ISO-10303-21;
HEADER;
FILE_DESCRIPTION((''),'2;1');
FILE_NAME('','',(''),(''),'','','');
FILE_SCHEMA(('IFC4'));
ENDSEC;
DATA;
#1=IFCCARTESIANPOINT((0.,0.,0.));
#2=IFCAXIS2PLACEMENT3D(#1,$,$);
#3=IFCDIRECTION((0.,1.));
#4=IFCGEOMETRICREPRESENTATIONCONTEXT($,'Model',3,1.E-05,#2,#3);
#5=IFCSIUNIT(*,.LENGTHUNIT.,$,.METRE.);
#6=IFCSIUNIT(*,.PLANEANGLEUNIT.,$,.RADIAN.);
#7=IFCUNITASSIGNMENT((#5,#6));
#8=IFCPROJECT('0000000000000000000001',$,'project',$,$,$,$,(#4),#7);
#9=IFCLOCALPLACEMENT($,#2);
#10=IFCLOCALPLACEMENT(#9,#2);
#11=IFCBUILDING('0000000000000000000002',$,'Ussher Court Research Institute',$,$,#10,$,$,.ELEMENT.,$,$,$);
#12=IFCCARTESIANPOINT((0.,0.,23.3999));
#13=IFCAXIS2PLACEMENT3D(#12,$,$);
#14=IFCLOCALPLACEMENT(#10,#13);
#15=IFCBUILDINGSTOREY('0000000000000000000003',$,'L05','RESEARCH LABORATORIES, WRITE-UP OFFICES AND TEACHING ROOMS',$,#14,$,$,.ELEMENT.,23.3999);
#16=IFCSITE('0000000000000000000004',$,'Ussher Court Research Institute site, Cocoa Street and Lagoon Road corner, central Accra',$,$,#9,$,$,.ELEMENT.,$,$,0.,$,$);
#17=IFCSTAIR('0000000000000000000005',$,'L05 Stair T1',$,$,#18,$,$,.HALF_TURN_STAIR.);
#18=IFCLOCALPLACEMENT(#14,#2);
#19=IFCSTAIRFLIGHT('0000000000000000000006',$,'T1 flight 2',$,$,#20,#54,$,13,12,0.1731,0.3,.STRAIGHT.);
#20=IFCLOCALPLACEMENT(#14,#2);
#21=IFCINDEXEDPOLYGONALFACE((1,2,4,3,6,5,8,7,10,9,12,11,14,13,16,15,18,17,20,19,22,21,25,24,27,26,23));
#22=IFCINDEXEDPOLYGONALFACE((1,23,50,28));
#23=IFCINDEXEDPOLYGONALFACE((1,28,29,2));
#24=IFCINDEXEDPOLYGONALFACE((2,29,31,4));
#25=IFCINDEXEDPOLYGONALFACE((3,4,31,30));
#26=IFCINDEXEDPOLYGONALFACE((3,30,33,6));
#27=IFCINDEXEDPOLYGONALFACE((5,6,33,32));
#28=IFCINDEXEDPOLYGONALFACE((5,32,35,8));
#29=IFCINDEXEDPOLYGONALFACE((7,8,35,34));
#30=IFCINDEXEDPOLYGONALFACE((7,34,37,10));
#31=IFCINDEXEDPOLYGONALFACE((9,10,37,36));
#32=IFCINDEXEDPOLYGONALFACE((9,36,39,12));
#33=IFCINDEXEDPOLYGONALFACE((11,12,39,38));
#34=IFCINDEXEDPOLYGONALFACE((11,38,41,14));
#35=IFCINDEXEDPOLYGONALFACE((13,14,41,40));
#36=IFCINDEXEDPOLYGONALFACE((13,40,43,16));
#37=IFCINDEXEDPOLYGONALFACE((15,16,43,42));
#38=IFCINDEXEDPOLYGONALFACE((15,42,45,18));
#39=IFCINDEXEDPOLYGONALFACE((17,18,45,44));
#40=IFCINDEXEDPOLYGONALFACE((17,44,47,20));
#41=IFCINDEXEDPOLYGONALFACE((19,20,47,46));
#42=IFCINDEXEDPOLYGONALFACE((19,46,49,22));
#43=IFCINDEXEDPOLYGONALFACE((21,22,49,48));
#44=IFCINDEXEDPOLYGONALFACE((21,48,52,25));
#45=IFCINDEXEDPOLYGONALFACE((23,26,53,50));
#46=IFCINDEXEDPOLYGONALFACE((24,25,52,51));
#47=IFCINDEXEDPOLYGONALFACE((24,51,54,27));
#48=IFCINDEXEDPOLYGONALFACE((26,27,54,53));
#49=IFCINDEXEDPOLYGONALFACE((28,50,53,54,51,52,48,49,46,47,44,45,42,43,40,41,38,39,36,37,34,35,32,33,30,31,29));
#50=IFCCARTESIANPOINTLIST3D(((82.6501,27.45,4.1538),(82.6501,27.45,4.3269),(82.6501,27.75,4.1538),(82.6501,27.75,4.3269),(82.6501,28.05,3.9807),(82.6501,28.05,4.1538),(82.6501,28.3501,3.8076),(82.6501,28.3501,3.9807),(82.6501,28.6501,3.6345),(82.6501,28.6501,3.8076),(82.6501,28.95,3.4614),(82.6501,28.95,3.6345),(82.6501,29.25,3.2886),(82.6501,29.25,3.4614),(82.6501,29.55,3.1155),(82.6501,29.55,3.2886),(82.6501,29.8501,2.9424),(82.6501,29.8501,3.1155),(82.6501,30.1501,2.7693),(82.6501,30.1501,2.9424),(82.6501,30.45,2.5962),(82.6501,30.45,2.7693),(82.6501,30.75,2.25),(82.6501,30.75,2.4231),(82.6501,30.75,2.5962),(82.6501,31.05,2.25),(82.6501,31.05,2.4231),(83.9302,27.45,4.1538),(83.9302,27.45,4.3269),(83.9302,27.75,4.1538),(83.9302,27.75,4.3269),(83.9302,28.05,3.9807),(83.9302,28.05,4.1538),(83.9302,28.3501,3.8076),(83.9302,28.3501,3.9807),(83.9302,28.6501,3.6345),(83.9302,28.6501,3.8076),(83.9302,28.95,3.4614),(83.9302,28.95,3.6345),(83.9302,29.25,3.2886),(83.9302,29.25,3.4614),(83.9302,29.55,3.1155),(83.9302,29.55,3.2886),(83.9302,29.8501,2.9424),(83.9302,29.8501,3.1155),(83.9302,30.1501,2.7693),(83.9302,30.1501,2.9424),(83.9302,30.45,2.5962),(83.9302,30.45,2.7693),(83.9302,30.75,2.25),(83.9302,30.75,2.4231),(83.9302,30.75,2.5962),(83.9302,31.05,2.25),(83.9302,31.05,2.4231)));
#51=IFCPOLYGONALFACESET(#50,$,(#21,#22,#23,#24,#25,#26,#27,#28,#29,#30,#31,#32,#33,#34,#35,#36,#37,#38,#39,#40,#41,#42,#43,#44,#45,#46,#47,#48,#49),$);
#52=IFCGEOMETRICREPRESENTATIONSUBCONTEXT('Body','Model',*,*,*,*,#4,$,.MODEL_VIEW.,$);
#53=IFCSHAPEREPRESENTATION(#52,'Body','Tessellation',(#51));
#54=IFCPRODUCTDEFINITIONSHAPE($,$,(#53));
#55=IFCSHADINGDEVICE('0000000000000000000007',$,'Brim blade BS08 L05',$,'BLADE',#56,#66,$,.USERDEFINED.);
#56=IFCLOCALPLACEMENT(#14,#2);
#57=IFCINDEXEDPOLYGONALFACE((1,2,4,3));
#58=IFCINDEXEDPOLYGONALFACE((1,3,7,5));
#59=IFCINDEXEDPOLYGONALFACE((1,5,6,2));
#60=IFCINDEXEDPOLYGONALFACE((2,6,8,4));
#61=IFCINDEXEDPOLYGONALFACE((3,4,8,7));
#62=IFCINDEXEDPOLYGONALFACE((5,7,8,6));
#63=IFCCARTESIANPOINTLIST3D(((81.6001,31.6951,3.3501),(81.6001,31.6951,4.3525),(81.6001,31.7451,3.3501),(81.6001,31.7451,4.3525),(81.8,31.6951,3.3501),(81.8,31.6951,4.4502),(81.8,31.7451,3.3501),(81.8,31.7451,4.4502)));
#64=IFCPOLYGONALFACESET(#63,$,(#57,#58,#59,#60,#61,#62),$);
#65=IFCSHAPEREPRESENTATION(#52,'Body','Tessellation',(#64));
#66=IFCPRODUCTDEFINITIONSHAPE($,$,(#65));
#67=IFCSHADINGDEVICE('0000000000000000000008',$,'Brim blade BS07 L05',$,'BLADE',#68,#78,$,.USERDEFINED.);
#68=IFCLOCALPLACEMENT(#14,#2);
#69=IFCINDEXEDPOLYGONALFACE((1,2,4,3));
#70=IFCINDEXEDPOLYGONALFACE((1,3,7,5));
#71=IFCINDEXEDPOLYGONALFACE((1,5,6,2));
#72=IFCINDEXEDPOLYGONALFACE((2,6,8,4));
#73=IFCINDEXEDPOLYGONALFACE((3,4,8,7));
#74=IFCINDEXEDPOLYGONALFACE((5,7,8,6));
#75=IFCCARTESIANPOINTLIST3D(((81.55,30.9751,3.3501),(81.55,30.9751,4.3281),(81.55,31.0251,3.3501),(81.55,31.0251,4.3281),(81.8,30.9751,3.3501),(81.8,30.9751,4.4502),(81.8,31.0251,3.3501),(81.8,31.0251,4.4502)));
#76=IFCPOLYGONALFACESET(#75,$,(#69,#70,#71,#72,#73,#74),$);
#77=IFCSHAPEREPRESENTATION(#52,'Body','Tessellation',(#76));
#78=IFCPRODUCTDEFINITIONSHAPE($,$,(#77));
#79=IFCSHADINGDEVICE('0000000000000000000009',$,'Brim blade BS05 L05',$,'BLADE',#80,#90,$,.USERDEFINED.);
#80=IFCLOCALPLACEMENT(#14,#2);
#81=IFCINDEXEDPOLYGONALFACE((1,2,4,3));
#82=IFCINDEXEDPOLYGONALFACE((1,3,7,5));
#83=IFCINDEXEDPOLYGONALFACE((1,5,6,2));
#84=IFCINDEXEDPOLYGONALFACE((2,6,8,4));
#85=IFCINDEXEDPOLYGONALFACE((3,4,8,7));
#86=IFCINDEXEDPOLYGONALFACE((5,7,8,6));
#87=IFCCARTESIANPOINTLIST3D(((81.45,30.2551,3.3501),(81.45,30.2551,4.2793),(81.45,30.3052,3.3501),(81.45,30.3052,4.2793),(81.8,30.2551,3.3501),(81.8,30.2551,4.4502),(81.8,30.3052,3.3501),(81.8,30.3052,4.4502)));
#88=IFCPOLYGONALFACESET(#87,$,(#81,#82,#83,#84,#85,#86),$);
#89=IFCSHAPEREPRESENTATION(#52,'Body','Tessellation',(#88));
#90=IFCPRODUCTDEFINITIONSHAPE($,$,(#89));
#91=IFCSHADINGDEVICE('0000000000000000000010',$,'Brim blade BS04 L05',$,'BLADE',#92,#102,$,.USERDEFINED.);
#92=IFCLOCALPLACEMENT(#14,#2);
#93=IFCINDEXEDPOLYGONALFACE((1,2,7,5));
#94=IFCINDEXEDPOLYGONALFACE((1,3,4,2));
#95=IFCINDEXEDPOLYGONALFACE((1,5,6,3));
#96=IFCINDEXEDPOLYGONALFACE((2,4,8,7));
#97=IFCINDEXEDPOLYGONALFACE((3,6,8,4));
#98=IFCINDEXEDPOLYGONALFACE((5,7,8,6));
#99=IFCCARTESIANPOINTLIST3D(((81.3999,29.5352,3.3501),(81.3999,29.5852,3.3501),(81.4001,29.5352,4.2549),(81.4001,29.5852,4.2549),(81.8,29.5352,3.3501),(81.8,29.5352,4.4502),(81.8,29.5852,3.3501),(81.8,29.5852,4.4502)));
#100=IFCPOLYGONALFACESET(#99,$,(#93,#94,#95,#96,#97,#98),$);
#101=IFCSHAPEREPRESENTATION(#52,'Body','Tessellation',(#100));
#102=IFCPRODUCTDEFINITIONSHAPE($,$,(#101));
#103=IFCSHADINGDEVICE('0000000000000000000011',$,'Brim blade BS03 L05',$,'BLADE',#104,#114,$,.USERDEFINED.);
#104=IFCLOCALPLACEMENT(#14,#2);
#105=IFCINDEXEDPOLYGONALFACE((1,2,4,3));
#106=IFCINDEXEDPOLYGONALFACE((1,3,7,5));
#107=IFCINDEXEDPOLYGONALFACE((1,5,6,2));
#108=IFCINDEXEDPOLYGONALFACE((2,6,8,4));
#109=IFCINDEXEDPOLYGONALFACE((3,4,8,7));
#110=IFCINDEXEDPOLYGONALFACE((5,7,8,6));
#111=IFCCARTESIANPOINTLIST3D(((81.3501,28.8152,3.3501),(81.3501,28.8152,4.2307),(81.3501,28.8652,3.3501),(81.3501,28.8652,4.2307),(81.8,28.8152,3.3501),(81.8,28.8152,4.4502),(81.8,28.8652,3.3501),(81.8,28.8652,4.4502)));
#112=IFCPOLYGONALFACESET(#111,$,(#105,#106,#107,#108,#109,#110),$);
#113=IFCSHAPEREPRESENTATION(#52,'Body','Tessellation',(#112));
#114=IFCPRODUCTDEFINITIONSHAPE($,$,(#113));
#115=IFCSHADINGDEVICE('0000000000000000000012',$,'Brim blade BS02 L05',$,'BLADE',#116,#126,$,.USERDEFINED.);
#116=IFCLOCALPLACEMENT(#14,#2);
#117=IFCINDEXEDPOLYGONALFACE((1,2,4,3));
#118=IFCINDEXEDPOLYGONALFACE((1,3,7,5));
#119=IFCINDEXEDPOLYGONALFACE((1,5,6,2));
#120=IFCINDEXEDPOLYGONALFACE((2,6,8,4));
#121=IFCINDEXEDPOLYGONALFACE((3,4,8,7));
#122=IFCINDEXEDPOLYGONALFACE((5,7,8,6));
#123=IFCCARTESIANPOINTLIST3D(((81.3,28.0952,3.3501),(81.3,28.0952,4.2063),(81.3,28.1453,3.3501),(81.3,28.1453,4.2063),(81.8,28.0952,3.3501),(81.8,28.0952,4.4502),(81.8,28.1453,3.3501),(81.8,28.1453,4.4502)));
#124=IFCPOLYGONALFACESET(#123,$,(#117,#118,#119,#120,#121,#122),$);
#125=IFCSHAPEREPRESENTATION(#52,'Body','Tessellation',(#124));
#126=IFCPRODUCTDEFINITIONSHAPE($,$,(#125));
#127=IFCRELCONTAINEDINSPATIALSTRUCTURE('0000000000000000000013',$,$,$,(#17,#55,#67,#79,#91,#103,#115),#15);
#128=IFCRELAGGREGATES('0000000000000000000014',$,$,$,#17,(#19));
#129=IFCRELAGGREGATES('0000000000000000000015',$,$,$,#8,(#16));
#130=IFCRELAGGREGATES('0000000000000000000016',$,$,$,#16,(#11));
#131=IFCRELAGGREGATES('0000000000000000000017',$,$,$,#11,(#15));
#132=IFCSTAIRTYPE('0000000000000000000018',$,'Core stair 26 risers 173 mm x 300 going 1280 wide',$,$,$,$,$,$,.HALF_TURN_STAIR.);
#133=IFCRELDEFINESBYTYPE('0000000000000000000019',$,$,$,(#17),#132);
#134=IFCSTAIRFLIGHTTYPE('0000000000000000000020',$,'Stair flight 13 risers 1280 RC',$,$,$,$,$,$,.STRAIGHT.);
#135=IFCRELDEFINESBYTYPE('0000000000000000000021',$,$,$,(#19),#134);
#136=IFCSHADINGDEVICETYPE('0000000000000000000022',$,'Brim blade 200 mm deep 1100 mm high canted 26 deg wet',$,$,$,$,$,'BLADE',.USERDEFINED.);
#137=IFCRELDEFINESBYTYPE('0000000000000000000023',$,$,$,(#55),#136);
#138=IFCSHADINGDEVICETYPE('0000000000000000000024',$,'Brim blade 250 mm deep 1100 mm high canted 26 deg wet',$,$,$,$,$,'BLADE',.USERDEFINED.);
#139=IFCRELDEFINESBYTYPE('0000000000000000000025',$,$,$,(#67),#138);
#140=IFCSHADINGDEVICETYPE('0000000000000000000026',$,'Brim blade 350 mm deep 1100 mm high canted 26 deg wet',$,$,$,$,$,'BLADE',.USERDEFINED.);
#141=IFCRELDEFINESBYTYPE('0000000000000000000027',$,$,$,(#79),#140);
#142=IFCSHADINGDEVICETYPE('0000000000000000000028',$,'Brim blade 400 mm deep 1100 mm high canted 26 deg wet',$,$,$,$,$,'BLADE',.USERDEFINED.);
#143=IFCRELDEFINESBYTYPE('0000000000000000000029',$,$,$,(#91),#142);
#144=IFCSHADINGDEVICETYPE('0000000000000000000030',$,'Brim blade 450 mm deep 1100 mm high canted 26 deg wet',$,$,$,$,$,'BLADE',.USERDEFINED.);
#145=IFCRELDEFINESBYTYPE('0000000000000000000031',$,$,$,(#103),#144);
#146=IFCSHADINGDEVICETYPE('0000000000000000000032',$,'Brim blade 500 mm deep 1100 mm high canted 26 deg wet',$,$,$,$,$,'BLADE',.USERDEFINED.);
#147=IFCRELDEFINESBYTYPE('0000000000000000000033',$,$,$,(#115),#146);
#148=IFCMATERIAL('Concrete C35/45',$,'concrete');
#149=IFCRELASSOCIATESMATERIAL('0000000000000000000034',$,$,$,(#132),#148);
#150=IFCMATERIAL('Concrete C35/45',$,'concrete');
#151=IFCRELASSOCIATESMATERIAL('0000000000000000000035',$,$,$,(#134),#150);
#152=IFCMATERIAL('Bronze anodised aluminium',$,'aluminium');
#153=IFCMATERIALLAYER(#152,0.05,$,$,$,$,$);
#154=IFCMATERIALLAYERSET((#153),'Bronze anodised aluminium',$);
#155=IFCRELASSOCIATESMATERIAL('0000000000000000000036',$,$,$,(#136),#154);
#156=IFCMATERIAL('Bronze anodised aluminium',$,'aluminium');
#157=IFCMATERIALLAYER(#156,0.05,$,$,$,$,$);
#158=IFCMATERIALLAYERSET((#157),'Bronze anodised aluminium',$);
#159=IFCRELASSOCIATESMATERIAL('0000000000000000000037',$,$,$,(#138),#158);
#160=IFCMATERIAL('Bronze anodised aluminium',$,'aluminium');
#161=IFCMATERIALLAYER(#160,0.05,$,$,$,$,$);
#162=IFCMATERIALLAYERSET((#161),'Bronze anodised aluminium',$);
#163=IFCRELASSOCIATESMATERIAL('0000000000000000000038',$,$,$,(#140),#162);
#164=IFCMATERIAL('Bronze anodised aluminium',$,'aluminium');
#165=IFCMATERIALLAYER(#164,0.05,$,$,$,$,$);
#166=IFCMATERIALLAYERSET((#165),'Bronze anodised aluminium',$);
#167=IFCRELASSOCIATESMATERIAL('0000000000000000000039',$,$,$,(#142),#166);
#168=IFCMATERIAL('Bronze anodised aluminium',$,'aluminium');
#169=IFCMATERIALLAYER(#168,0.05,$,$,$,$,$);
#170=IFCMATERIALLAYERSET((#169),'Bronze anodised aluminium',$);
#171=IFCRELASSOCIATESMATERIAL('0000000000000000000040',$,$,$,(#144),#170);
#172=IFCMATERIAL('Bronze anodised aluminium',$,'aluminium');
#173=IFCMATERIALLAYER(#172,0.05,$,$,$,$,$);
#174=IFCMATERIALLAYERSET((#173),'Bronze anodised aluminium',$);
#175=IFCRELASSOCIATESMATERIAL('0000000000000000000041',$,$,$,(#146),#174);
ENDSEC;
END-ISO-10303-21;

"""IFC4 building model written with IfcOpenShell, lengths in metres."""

from ifc_helpers import new_model, si_unit, direction, frame, origin, place, context, subcontext, project, spatial, polyline, outline, extrude, material, layer, layer_set, type_object, element, aggregate, save


model = new_model("IFC4")

# Units and contexts
model_context = context("Model", 3, precision=1e-05, world=origin(), true_north=direction((0.0, 1.0)))
body_context = subcontext(model_context, "Body", "Model", "MODEL_VIEW")
ifc_project = project(units=[si_unit("LENGTHUNIT", "METRE"), si_unit("PLANEANGLEUNIT", "RADIAN")], contexts=[model_context])

# Site, building, storey
site_placement = place(None, origin())
site = spatial("IfcSite", under=ifc_project, at=site_placement, Name="Ussher Court Research Institute site, Cocoa Street and Lagoon Road corner, central Accra", CompositionType="ELEMENT", RefElevation=0.0)
building_placement = place(site_placement, origin())
building = spatial("IfcBuilding", under=site, at=building_placement, Name="Ussher Court Research Institute", CompositionType="ELEMENT")
storey_placement = place(building_placement, frame((0.0, 0.0, 23.3999)))
storey = spatial("IfcBuildingStorey", under=building, at=storey_placement, Name="L05", Description="RESEARCH LABORATORIES, WRITE-UP OFFICES AND TEACHING ROOMS", CompositionType="ELEMENT", Elevation=23.3999)

# Stair, stair flight
ifc_material_1 = material(Name="Concrete C35/45", Category="concrete")
stair_type = type_object("IfcStairType", Name="Core stair 26 risers 173 mm x 300 going 1280 wide", PredefinedType="HALF_TURN_STAIR", material=ifc_material_1)
stair_placement = place(storey_placement, origin())
stair = element("IfcStair", 1, at=stair_placement, inside=storey, type_object=stair_type, Name="L05 Stair T1", PredefinedType="HALF_TURN_STAIR")
ifc_material_2 = material(Name="Concrete C35/45", Category="concrete")
stair_flight_type = type_object("IfcStairFlightType", Name="Stair flight 13 risers 1280 RC", PredefinedType="STRAIGHT", material=ifc_material_2)
stair_flight_placement = place(storey_placement, frame((83.29, 31.05, 2.25), z_axis=(0.0, 0.0, 1.0), x_axis=(0.0, -1.0, 0.0)))
stair_flight = element("IfcStairFlight", 2, at=stair_flight_placement, type_object=stair_flight_type, Name="T1 flight 2", NumberOfRisers=13, NumberOfTreads=12, PredefinedType="STRAIGHT", RiserHeight=0.1731, TreadLength=0.3, context=body_context, shape_type="SweptSolid", body=[
    extrude(outline(polyline([(0.0, 0.0), (0.0, 0.1731), (0.3, 0.1731), (0.3, 0.3462), (0.6001, 0.3462), (0.6001, 0.5193), (0.8999, 0.5193), (0.8999, 0.6924), (1.2, 0.6924), (1.2, 0.8655), (1.5, 0.8655), (1.5, 1.0386), (1.8, 1.0386), (1.8, 1.2114), (2.1001, 1.2114), (2.1001, 1.3845), (2.3999, 1.3845), (2.3999, 1.5576), (2.7, 1.5576), (2.7, 1.7307), (3.0, 1.7307), (3.0, 1.9038), (3.3, 1.9038), (3.3, 2.0769), (3.6001, 2.0769), (3.6001, 2.25), (3.6001, 1.9038), (0.3, 0.0), (0.0, 0.0)])), frame((0.0, 0.6401, 0.0), z_axis=(0.0, -1.0, 0.0), x_axis=(1.0, 0.0, 0.0)), (0.0, 0.0, 1.0), 1.28),
])
aggregate(stair, [stair_flight])

# Shading devices
ifc_material_3 = material(Name="Bronze anodised aluminium", Category="aluminium")
ifc_layer_1 = layer(ifc_material_3, 0.05)
ifc_layer_set_1 = layer_set([ifc_layer_1], Name="Bronze anodised aluminium")
shading_device_type_1 = type_object("IfcShadingDeviceType", Name="Brim blade 200 mm deep 1100 mm high canted 26 deg wet", ElementType="BLADE", PredefinedType="USERDEFINED", material=ifc_layer_set_1)
shading_device_1_placement = place(storey_placement, frame((81.8, 31.72, 3.3501), z_axis=(0.0, 0.0, 1.0), x_axis=(-1.0, 0.0, 0.0)))
element("IfcShadingDevice", 3, at=shading_device_1_placement, inside=storey, type_object=shading_device_type_1, Name="Brim blade BS08 L05", ObjectType="BLADE", PredefinedType="USERDEFINED", context=body_context, shape_type="SweptSolid", body=[
    extrude(outline(polyline([(0.0, 0.0), (0.2, 0.0), (0.2, 1.0024), (0.0, 1.1001), (0.0, 0.0)])), frame((0.0, 0.0249, 0.0), z_axis=(0.0, -1.0, 0.0), x_axis=(1.0, 0.0, 0.0)), (0.0, 0.0, 1.0), 0.05),
])
ifc_material_4 = material(Name="Bronze anodised aluminium", Category="aluminium")
ifc_layer_2 = layer(ifc_material_4, 0.05)
ifc_layer_set_2 = layer_set([ifc_layer_2], Name="Bronze anodised aluminium")
shading_device_type_2 = type_object("IfcShadingDeviceType", Name="Brim blade 250 mm deep 1100 mm high canted 26 deg wet", ElementType="BLADE", PredefinedType="USERDEFINED", material=ifc_layer_set_2)
shading_device_2_placement = place(storey_placement, frame((81.8, 31.0, 3.3501), z_axis=(0.0, 0.0, 1.0), x_axis=(-1.0, 0.0, 0.0)))
element("IfcShadingDevice", 4, at=shading_device_2_placement, inside=storey, type_object=shading_device_type_2, Name="Brim blade BS07 L05", ObjectType="BLADE", PredefinedType="USERDEFINED", context=body_context, shape_type="SweptSolid", body=[
    extrude(outline(polyline([(0.0, 0.0), (0.25, 0.0), (0.25, 0.978), (0.0, 1.1001), (0.0, 0.0)])), frame((0.0, 0.0249, 0.0), z_axis=(0.0, -1.0, 0.0), x_axis=(1.0, 0.0, 0.0)), (0.0, 0.0, 1.0), 0.05),
])
ifc_material_5 = material(Name="Bronze anodised aluminium", Category="aluminium")
ifc_layer_3 = layer(ifc_material_5, 0.05)
ifc_layer_set_3 = layer_set([ifc_layer_3], Name="Bronze anodised aluminium")
shading_device_type_3 = type_object("IfcShadingDeviceType", Name="Brim blade 350 mm deep 1100 mm high canted 26 deg wet", ElementType="BLADE", PredefinedType="USERDEFINED", material=ifc_layer_set_3)
shading_device_3_placement = place(storey_placement, frame((81.8, 30.28, 3.3501), z_axis=(0.0, 0.0, 1.0), x_axis=(-1.0, 0.0, 0.0)))
element("IfcShadingDevice", 5, at=shading_device_3_placement, inside=storey, type_object=shading_device_type_3, Name="Brim blade BS05 L05", ObjectType="BLADE", PredefinedType="USERDEFINED", context=body_context, shape_type="SweptSolid", body=[
    extrude(outline(polyline([(0.0, 0.0), (0.3501, 0.0), (0.3501, 0.9292), (0.0, 1.1001), (0.0, 0.0)])), frame((0.0, 0.0249, 0.0), z_axis=(0.0, -1.0, 0.0), x_axis=(1.0, 0.0, 0.0)), (0.0, 0.0, 1.0), 0.05),
])
ifc_material_6 = material(Name="Bronze anodised aluminium", Category="aluminium")
ifc_layer_4 = layer(ifc_material_6, 0.05)
ifc_layer_set_4 = layer_set([ifc_layer_4], Name="Bronze anodised aluminium")
shading_device_type_4 = type_object("IfcShadingDeviceType", Name="Brim blade 400 mm deep 1100 mm high canted 26 deg wet", ElementType="BLADE", PredefinedType="USERDEFINED", material=ifc_layer_set_4)
shading_device_4_placement = place(storey_placement, frame((81.8, 29.5601, 3.3501), z_axis=(0.0, 0.0, 1.0), x_axis=(-1.0, 0.0, 0.0)))
element("IfcShadingDevice", 6, at=shading_device_4_placement, inside=storey, type_object=shading_device_type_4, Name="Brim blade BS04 L05", ObjectType="BLADE", PredefinedType="USERDEFINED", context=body_context, shape_type="SweptSolid", body=[
    extrude(outline(polyline([(0.0, 0.0), (0.4001, 0.0), (0.3999, 0.9048), (0.0, 1.1001), (0.0, 0.0)])), frame((0.0, 0.0249, 0.0), z_axis=(0.0, -1.0, 0.0), x_axis=(1.0, 0.0, 0.0)), (0.0, 0.0, 1.0), 0.05),
])
ifc_material_7 = material(Name="Bronze anodised aluminium", Category="aluminium")
ifc_layer_5 = layer(ifc_material_7, 0.05)
ifc_layer_set_5 = layer_set([ifc_layer_5], Name="Bronze anodised aluminium")
shading_device_type_5 = type_object("IfcShadingDeviceType", Name="Brim blade 450 mm deep 1100 mm high canted 26 deg wet", ElementType="BLADE", PredefinedType="USERDEFINED", material=ifc_layer_set_5)
shading_device_5_placement = place(storey_placement, frame((81.8, 28.8401, 3.3501), z_axis=(0.0, 0.0, 1.0), x_axis=(-1.0, 0.0, 0.0)))
element("IfcShadingDevice", 7, at=shading_device_5_placement, inside=storey, type_object=shading_device_type_5, Name="Brim blade BS03 L05", ObjectType="BLADE", PredefinedType="USERDEFINED", context=body_context, shape_type="SweptSolid", body=[
    extrude(outline(polyline([(0.0, 0.0), (0.45, 0.0), (0.45, 0.8806), (0.0, 1.1001), (0.0, 0.0)])), frame((0.0, 0.0249, 0.0), z_axis=(0.0, -1.0, 0.0), x_axis=(1.0, 0.0, 0.0)), (0.0, 0.0, 1.0), 0.05),
])
ifc_material_8 = material(Name="Bronze anodised aluminium", Category="aluminium")
ifc_layer_6 = layer(ifc_material_8, 0.05)
ifc_layer_set_6 = layer_set([ifc_layer_6], Name="Bronze anodised aluminium")
shading_device_type_6 = type_object("IfcShadingDeviceType", Name="Brim blade 500 mm deep 1100 mm high canted 26 deg wet", ElementType="BLADE", PredefinedType="USERDEFINED", material=ifc_layer_set_6)
shading_device_6_placement = place(storey_placement, frame((81.8, 28.1201, 3.3501), z_axis=(0.0, 0.0, 1.0), x_axis=(-1.0, 0.0, 0.0)))
element("IfcShadingDevice", 8, at=shading_device_6_placement, inside=storey, type_object=shading_device_type_6, Name="Brim blade BS02 L05", ObjectType="BLADE", PredefinedType="USERDEFINED", context=body_context, shape_type="SweptSolid", body=[
    extrude(outline(polyline([(0.0, 0.0), (0.5, 0.0), (0.5, 0.8562), (0.0, 1.1001), (0.0, 0.0)])), frame((0.0, 0.0249, 0.0), z_axis=(0.0, -1.0, 0.0), x_axis=(1.0, 0.0, 0.0)), (0.0, 0.0, 1.0), 0.05),
])

save(model, "model.ifc")
